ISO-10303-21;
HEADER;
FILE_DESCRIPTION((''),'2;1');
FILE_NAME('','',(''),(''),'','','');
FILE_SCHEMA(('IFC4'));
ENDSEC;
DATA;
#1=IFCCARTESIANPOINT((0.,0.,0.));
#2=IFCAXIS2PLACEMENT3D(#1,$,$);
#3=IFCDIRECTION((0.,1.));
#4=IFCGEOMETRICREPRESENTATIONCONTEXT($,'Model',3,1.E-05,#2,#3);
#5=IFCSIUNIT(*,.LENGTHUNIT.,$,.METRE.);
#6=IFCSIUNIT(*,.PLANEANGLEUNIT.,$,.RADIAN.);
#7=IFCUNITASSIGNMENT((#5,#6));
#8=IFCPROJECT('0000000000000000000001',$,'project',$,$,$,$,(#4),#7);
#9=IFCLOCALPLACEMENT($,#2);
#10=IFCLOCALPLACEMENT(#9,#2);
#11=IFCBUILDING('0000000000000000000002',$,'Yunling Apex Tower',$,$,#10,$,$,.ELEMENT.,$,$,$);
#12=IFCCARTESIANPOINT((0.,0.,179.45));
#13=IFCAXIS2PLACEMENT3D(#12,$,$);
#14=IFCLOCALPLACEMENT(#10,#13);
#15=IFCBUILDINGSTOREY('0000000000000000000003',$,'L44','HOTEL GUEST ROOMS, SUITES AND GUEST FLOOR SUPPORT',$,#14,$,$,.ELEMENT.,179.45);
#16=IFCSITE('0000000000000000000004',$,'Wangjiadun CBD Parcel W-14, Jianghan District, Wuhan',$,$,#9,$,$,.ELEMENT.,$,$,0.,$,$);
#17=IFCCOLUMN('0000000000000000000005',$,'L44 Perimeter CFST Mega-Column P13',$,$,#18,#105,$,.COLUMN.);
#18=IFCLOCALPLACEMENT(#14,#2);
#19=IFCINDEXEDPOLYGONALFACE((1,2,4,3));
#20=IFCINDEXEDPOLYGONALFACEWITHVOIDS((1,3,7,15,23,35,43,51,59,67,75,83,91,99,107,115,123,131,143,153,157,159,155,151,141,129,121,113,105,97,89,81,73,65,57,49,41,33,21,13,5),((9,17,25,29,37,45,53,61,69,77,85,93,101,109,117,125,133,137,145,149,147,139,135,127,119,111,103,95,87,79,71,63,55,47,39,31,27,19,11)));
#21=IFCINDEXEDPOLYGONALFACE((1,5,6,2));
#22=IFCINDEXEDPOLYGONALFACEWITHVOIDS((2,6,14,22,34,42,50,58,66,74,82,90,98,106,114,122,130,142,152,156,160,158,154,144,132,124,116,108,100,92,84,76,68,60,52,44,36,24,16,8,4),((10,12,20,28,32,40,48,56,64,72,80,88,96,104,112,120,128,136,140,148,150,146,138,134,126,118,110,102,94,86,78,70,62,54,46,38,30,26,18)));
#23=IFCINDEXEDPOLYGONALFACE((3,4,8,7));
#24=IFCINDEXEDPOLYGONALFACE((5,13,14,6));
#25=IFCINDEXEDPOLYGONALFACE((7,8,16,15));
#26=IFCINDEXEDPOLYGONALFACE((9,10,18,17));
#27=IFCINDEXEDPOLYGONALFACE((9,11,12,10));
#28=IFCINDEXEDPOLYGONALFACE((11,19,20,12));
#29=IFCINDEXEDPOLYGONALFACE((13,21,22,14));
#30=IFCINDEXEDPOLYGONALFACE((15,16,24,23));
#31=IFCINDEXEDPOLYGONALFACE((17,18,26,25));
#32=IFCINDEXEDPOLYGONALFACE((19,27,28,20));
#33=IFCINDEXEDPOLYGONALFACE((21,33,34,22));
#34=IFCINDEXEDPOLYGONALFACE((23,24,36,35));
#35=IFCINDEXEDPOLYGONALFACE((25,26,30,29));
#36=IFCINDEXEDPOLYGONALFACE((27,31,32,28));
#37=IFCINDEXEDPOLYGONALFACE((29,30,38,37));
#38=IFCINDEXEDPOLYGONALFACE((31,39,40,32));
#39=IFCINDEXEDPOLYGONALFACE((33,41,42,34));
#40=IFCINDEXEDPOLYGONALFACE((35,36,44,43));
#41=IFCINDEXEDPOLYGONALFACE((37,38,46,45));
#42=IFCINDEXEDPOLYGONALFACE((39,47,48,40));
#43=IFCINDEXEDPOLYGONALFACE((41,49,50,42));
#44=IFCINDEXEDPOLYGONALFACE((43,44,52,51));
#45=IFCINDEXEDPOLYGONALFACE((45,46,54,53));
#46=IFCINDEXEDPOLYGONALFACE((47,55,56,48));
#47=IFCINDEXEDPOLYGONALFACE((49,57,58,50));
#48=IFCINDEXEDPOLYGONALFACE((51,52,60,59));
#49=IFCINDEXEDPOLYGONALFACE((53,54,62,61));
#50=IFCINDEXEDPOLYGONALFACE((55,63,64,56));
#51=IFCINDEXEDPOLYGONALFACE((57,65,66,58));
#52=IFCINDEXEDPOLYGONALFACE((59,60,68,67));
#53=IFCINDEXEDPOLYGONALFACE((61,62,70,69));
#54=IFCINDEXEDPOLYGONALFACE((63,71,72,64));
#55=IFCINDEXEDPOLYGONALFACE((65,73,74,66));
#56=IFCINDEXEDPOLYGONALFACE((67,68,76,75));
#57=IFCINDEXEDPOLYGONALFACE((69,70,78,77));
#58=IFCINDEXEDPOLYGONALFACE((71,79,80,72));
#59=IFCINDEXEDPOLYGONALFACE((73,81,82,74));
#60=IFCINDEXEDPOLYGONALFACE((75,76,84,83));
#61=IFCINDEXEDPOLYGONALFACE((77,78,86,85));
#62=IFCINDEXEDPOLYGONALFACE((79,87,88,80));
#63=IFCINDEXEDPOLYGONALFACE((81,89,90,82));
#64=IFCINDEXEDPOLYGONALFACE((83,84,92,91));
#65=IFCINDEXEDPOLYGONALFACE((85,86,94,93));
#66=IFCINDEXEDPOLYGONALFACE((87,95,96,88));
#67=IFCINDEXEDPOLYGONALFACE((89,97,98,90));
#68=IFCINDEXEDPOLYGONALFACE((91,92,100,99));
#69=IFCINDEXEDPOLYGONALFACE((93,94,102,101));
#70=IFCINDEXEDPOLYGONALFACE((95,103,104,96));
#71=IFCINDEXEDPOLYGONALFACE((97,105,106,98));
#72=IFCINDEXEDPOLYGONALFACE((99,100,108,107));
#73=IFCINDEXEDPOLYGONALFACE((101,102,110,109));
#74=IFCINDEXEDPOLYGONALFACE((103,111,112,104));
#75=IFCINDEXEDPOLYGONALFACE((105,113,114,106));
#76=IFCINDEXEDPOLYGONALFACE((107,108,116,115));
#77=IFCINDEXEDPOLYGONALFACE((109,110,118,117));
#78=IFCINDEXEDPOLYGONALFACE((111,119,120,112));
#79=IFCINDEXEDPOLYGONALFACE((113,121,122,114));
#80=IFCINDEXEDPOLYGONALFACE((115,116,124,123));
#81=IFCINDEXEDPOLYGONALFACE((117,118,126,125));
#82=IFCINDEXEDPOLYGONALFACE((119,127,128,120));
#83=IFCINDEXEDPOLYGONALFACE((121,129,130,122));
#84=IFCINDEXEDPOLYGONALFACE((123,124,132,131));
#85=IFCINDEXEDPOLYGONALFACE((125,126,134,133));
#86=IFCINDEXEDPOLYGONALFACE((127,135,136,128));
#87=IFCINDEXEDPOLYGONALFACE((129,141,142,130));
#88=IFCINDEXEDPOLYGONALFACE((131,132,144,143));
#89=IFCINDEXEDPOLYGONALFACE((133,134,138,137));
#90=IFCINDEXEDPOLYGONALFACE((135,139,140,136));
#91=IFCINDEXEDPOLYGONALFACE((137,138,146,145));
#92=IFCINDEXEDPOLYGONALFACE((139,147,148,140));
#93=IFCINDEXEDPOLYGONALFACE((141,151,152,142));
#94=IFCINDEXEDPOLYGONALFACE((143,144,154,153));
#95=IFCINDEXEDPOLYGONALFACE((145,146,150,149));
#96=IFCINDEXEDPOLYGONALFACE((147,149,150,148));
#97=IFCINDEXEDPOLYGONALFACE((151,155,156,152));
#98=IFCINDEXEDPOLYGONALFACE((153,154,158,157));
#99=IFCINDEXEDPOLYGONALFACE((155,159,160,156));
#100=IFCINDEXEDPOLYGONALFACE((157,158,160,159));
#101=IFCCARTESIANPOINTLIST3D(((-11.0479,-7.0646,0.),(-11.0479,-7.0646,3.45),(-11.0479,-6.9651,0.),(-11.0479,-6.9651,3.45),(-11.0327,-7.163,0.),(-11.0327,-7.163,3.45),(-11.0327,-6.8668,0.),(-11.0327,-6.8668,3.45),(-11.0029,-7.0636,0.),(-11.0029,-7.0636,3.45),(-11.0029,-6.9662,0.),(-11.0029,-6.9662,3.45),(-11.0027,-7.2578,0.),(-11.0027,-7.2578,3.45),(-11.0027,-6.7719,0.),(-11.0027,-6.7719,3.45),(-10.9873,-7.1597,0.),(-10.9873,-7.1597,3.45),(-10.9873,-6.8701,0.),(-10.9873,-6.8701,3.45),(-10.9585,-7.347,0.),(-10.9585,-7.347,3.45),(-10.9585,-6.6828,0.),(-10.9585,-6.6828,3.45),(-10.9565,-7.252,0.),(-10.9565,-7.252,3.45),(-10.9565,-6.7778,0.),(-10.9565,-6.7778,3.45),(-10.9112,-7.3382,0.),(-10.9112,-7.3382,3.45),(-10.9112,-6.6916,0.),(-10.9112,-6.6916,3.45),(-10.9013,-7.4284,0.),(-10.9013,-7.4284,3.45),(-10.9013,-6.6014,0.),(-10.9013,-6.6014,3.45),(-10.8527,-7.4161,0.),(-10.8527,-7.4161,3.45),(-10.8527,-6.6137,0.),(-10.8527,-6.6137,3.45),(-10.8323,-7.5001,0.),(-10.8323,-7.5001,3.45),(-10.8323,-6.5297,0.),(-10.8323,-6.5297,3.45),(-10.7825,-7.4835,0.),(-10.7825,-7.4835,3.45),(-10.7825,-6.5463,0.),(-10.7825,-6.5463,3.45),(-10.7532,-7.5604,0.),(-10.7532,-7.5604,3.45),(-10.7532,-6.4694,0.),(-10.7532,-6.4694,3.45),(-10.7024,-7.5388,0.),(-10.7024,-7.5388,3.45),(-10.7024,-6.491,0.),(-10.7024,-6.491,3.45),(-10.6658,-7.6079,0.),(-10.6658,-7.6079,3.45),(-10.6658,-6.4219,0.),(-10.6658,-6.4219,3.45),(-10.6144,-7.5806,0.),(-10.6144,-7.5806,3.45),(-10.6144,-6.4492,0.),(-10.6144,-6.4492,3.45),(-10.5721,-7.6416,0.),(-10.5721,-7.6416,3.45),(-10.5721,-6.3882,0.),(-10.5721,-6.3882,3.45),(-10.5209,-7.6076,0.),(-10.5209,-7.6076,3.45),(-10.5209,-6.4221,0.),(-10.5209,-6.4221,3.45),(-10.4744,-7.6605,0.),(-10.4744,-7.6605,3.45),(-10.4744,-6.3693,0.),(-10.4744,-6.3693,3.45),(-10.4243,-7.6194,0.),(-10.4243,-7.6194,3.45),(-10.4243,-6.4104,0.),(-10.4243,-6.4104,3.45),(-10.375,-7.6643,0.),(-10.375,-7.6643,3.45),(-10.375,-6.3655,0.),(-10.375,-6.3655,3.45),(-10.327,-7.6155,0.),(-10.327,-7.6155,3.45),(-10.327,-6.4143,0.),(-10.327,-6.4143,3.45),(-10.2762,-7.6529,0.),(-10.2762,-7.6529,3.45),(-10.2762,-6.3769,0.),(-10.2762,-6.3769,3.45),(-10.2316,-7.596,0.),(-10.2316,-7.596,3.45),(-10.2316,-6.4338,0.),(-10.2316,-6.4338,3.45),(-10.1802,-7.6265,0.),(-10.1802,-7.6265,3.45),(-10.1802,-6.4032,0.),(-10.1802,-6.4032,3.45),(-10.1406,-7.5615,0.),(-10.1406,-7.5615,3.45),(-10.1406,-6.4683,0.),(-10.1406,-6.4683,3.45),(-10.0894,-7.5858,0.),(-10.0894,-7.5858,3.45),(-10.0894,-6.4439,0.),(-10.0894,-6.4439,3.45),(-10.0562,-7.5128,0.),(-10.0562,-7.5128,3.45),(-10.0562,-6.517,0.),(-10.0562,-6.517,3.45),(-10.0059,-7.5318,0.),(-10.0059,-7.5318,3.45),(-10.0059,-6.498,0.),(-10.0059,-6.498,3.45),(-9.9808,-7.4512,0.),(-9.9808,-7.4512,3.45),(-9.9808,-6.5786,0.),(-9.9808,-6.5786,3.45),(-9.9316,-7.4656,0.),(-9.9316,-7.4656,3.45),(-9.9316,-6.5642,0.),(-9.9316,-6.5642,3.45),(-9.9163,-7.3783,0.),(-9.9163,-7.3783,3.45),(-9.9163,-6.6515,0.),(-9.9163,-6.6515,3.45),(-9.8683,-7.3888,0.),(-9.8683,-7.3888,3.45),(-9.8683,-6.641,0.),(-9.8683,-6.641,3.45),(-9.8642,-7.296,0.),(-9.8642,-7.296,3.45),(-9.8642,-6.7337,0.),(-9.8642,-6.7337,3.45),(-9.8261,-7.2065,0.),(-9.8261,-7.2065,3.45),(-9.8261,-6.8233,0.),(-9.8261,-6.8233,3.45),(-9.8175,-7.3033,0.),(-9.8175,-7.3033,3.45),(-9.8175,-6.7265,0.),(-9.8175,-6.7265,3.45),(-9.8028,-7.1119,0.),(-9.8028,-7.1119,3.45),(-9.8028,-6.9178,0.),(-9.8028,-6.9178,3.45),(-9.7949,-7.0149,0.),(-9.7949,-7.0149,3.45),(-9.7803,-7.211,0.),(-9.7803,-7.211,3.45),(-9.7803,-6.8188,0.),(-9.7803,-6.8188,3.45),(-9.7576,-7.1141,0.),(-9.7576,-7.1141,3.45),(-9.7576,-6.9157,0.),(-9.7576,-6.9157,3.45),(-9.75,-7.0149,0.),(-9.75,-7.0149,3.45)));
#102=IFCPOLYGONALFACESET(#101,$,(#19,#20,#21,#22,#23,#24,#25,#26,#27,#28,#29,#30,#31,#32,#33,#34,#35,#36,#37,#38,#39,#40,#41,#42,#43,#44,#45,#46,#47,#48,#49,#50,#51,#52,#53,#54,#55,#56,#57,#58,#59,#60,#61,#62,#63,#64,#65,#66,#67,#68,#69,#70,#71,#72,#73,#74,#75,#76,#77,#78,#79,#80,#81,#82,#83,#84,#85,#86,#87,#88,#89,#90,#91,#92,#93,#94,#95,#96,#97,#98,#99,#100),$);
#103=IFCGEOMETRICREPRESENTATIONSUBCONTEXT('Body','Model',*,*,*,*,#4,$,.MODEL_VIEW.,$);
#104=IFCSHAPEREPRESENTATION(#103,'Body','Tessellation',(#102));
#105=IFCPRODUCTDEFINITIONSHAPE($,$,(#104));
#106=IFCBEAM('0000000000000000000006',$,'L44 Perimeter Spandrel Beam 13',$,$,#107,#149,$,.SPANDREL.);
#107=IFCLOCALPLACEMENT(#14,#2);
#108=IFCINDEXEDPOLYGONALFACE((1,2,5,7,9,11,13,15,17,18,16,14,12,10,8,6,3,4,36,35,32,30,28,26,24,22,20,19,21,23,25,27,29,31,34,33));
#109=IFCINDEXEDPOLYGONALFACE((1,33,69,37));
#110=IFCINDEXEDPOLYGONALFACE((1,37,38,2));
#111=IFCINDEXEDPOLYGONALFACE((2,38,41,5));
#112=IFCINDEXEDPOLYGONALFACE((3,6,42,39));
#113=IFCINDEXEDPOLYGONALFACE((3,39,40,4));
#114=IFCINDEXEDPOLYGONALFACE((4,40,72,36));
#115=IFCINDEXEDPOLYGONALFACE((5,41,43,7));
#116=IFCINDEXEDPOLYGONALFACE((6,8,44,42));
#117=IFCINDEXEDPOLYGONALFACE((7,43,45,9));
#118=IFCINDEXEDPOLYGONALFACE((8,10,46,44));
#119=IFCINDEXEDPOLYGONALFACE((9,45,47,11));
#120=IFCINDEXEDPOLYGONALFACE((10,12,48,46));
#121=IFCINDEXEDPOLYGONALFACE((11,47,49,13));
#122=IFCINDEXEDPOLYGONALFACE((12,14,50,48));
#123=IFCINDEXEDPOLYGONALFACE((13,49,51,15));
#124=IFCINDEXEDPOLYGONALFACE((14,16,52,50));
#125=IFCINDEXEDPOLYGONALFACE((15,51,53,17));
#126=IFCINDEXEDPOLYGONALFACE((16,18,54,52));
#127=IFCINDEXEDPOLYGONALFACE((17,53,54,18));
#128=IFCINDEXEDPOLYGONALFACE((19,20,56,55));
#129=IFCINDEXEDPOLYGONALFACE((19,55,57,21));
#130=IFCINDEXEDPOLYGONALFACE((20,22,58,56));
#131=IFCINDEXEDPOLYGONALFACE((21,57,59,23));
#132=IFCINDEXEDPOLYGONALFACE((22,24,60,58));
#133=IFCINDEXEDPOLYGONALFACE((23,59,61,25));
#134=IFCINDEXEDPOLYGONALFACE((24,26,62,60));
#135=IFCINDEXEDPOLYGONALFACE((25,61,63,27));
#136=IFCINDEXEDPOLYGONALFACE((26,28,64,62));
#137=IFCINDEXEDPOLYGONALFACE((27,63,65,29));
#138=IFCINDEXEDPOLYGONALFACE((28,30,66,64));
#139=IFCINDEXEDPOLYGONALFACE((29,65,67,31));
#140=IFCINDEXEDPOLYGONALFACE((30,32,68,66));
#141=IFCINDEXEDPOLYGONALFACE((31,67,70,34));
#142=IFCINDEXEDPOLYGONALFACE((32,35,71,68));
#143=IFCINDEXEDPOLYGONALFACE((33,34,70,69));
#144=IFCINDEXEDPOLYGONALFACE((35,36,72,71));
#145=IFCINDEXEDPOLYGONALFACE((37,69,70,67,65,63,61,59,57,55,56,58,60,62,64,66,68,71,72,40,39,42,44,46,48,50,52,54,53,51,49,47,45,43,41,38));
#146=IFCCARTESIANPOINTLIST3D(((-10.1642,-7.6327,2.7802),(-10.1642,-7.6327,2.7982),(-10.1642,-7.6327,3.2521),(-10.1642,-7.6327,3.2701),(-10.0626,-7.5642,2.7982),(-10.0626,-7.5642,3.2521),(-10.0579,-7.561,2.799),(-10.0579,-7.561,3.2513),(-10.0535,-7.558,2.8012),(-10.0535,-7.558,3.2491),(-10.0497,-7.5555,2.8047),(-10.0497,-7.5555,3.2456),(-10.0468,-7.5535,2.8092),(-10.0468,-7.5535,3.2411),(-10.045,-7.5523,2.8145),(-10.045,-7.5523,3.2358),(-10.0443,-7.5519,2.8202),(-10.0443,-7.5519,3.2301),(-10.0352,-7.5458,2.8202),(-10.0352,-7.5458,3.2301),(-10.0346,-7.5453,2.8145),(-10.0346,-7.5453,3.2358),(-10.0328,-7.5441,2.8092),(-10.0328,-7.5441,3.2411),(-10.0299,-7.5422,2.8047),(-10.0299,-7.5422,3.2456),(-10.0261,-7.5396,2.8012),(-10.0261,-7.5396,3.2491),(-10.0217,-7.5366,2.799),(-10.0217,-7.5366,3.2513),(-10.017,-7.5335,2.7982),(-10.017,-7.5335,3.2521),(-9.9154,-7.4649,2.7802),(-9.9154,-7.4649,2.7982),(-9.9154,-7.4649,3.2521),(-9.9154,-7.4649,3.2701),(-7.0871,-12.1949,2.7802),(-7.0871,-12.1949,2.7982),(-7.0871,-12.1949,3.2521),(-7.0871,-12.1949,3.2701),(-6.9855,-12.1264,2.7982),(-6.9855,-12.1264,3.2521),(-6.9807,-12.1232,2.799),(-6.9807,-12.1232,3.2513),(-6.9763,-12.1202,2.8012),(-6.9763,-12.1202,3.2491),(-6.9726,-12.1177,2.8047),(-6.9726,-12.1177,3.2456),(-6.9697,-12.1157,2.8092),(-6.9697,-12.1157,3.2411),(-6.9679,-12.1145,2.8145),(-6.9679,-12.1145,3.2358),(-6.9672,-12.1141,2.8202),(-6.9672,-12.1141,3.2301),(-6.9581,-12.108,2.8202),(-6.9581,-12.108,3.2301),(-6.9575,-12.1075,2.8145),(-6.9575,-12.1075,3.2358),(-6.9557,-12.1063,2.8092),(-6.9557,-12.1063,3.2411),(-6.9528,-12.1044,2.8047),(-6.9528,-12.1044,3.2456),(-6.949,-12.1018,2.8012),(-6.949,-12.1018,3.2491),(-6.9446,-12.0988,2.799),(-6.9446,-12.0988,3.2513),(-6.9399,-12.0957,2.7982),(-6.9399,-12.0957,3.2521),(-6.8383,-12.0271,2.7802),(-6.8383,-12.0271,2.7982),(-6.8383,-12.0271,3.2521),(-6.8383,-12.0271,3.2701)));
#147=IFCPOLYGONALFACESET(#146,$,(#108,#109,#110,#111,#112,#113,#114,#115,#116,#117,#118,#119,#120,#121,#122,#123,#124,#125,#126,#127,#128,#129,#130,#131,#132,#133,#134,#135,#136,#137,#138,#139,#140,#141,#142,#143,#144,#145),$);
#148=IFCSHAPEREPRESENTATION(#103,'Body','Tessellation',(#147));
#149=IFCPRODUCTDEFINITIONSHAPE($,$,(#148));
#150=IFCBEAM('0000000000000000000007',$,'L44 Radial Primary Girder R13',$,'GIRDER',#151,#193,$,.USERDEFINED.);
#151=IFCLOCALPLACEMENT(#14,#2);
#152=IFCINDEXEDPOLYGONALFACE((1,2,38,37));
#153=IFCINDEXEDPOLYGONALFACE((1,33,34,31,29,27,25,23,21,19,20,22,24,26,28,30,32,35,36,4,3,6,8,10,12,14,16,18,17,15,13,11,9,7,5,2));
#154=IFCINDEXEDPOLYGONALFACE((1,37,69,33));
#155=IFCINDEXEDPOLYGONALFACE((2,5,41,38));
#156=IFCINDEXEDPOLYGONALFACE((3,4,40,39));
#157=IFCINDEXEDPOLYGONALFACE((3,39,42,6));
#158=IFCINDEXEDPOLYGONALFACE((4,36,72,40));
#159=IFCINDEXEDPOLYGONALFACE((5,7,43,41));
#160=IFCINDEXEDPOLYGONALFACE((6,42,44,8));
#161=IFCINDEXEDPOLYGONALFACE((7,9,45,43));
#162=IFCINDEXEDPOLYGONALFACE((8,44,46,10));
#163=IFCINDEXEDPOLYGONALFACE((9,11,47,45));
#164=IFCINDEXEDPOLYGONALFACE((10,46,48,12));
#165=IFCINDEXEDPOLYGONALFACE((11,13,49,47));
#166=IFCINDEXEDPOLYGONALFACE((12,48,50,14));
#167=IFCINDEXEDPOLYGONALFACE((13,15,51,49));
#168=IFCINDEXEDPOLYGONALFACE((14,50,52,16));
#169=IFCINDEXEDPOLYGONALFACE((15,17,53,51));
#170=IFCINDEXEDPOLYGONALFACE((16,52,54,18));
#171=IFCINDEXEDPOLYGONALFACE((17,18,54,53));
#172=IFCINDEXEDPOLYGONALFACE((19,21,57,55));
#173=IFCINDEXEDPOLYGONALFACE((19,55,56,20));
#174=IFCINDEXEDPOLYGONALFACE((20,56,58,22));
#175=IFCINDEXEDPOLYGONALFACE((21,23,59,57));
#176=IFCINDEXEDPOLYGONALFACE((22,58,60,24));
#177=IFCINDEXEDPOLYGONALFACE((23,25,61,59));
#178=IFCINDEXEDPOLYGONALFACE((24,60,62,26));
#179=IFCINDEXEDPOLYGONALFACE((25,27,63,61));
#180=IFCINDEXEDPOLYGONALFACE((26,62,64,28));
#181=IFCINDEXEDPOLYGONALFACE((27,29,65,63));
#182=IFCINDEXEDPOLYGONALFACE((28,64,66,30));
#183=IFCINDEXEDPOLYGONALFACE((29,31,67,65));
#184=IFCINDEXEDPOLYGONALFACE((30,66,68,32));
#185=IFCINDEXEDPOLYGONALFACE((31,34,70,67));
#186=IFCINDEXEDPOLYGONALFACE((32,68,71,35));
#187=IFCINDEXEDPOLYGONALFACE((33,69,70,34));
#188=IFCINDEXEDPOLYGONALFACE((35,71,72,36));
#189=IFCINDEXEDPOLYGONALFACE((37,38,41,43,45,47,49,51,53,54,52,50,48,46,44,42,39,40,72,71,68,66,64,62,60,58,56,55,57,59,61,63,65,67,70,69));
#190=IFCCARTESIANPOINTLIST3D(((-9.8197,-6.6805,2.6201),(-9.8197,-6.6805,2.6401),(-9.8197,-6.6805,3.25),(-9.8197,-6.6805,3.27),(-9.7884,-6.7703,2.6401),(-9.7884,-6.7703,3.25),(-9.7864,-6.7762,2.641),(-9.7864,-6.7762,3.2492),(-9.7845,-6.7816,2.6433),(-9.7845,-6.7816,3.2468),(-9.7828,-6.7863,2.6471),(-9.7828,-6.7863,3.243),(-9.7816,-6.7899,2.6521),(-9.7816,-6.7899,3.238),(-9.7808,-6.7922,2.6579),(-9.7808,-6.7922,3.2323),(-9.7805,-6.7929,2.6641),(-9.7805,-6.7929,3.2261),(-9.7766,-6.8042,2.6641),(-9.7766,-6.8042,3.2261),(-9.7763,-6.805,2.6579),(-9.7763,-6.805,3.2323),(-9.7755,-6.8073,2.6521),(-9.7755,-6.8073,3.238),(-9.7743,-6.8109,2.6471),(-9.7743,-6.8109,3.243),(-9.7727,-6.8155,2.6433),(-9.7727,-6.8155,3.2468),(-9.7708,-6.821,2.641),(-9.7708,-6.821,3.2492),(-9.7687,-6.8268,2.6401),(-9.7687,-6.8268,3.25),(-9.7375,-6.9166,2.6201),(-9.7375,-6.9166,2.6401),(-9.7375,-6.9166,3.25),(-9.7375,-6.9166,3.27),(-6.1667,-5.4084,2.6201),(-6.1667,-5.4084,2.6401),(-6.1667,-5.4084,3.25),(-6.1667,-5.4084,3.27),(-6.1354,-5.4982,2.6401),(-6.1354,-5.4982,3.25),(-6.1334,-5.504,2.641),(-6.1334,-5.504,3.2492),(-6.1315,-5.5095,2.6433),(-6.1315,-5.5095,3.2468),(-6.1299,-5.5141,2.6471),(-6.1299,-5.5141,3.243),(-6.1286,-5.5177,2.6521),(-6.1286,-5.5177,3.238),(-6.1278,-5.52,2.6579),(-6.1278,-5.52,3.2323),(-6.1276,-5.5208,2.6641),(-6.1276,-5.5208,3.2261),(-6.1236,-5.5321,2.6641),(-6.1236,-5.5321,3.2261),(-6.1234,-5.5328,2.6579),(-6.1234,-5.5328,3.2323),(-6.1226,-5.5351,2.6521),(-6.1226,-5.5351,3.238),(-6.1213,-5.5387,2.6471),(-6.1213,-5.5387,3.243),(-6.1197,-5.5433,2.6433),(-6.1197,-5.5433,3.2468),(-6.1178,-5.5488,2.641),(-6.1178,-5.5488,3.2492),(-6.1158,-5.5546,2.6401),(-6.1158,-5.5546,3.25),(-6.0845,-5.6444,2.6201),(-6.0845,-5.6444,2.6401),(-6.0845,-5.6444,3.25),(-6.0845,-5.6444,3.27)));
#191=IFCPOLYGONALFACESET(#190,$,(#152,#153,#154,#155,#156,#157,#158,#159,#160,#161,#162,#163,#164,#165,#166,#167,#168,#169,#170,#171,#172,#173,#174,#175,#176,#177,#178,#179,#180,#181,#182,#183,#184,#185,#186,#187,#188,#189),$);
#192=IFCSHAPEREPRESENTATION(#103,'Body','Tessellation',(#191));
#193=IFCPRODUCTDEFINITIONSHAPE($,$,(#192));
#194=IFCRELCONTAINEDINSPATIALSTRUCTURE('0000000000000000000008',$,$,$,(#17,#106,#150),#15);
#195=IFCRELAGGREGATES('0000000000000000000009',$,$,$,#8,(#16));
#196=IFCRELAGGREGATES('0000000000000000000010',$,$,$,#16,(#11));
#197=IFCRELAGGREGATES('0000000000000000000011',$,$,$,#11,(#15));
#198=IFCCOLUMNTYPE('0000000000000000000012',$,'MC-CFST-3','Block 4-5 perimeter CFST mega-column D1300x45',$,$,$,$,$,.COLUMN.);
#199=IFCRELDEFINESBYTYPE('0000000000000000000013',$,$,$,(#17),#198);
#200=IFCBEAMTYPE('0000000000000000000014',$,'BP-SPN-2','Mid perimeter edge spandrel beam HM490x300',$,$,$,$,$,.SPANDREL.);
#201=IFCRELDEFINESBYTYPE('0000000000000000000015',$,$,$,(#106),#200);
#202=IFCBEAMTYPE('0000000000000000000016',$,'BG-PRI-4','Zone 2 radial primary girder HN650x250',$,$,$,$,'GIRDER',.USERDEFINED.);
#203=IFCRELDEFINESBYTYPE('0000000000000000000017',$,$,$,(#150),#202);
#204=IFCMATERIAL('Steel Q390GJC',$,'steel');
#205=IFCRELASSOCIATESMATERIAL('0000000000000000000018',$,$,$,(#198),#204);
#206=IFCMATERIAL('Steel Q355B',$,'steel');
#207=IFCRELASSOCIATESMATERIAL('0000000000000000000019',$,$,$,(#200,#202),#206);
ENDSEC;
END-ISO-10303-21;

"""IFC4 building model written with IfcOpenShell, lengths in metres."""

from ifc_helpers import new_model, si_unit, direction, frame, origin, origin_2d, place, context, subcontext, project, spatial, hollow_circle, i_section, extrude, source, transform, mapped, material, material_profile, profile_set, type_object, element, save


model = new_model("IFC4")

# Units and contexts
model_context = context("Model", 3, precision=1e-05, world=origin(), true_north=direction((0.0, 1.0)))
body_context = subcontext(model_context, "Body", "Model", "MODEL_VIEW")
ifc_project = project(units=[si_unit("LENGTHUNIT", "METRE"), si_unit("PLANEANGLEUNIT", "RADIAN")], contexts=[model_context])

# Site, building, storey
site_placement = place(None, origin())
site = spatial("IfcSite", under=ifc_project, at=site_placement, Name="Wangjiadun CBD Parcel W-14, Jianghan District, Wuhan", CompositionType="ELEMENT", RefElevation=0.0)
building_placement = place(site_placement, origin())
building = spatial("IfcBuilding", under=site, at=building_placement, Name="Yunling Apex Tower", CompositionType="ELEMENT")
storey_placement = place(building_placement, frame((0.0, 0.0, 179.45)))
storey = spatial("IfcBuildingStorey", under=building, at=storey_placement, Name="L44", Description="HOTEL GUEST ROOMS, SUITES AND GUEST FLOOR SUPPORT", CompositionType="ELEMENT", Elevation=179.45)

# Column
ifc_material_1 = material(Name="Steel Q390GJC", Category="steel")
ifc_material_profile_1 = material_profile(ifc_material_1, hollow_circle(Radius=0.6499, WallThickness=0.0449, at=origin_2d()))
ifc_profile_set_1 = profile_set([ifc_material_profile_1], Name="Steel Q390GJC")
column_type = type_object("IfcColumnType", Name="MC-CFST-3", Description="Block 4-5 perimeter CFST mega-column D1300x45", PredefinedType="COLUMN", material=ifc_profile_set_1)
shared_shape_1 = source(origin(), body_context, "Body", "SweptSolid", [
    extrude(hollow_circle(Radius=0.6499, WallThickness=0.0449, at=origin_2d()), origin(), (0.0, 0.0, 1.0), 3.45),
])
column_placement = place(storey_placement, frame((-10.3999, -7.0149, 0.0), z_axis=(0.0, 0.0, 1.0), x_axis=(1.0, 0.0, 0.0)))
element("IfcColumn", 1, at=column_placement, inside=storey, type_object=column_type, Name="L44 Perimeter CFST Mega-Column P13", PredefinedType="COLUMN", context=body_context, shape_type="MappedRepresentation", body=[
    mapped(shared_shape_1, transform((0.0, 0.0, 0.0), scale=1.0)),
])

# Beams
ifc_material_2 = material(Name="Steel Q355B", Category="steel")
ifc_material_profile_2 = material_profile(ifc_material_2, i_section(OverallWidth=0.3, OverallDepth=0.49, WebThickness=0.011, FlangeThickness=0.0181, FilletRadius=0.022, at=origin_2d()))
ifc_profile_set_2 = profile_set([ifc_material_profile_2], Name="Steel Q355B")
beam_type_1 = type_object("IfcBeamType", Name="BP-SPN-2", Description="Mid perimeter edge spandrel beam HM490x300", PredefinedType="SPANDREL", material=ifc_profile_set_2)
shared_shape_2 = source(origin(), body_context, "Body", "SweptSolid", [
    extrude(i_section(OverallWidth=0.3, OverallDepth=0.49, WebThickness=0.011, FlangeThickness=0.0181, FilletRadius=0.022, at=origin_2d()), origin(), (0.0, 0.0, 1.0), 5.5029),
])
beam_1_placement = place(storey_placement, frame((-10.0398, -7.5488, 3.0251), z_axis=(0.559176, -0.829049, 0.0), x_axis=(0.829049, 0.559176, 0.0)))
element("IfcBeam", 2, at=beam_1_placement, inside=storey, type_object=beam_type_1, Name="L44 Perimeter Spandrel Beam 13", PredefinedType="SPANDREL", context=body_context, shape_type="MappedRepresentation", body=[
    mapped(shared_shape_2, transform((0.0, 0.0, 0.0), scale=1.0)),
])
ifc_material_profile_3 = material_profile(ifc_material_2, i_section(OverallWidth=0.25, OverallDepth=0.6499, WebThickness=0.012, FlangeThickness=0.02, FilletRadius=0.0239, at=origin_2d()))
ifc_profile_set_3 = profile_set([ifc_material_profile_3], Name="Steel Q355B")
beam_type_2 = type_object("IfcBeamType", Name="BG-PRI-4", Description="Zone 2 radial primary girder HN650x250", ElementType="GIRDER", PredefinedType="USERDEFINED", material=ifc_profile_set_3)
shared_shape_3 = source(origin(), body_context, "Body", "SweptSolid", [
    extrude(i_section(OverallWidth=0.25, OverallDepth=0.6499, WebThickness=0.012, FlangeThickness=0.02, FilletRadius=0.0239, at=origin_2d()), origin(), (0.0, 0.0, 1.0), 3.8682),
])
beam_2_placement = place(storey_placement, frame((-9.7786, -6.7986, 2.9451), z_axis=(0.94437, 0.328885, 0.0), x_axis=(-0.328885, 0.94437, 0.0)))
element("IfcBeam", 3, at=beam_2_placement, inside=storey, type_object=beam_type_2, Name="L44 Radial Primary Girder R13", ObjectType="GIRDER", PredefinedType="USERDEFINED", context=body_context, shape_type="MappedRepresentation", body=[
    mapped(shared_shape_3, transform((0.0, 0.0, 0.0), scale=1.0)),
])

save(model, "model.ifc")
